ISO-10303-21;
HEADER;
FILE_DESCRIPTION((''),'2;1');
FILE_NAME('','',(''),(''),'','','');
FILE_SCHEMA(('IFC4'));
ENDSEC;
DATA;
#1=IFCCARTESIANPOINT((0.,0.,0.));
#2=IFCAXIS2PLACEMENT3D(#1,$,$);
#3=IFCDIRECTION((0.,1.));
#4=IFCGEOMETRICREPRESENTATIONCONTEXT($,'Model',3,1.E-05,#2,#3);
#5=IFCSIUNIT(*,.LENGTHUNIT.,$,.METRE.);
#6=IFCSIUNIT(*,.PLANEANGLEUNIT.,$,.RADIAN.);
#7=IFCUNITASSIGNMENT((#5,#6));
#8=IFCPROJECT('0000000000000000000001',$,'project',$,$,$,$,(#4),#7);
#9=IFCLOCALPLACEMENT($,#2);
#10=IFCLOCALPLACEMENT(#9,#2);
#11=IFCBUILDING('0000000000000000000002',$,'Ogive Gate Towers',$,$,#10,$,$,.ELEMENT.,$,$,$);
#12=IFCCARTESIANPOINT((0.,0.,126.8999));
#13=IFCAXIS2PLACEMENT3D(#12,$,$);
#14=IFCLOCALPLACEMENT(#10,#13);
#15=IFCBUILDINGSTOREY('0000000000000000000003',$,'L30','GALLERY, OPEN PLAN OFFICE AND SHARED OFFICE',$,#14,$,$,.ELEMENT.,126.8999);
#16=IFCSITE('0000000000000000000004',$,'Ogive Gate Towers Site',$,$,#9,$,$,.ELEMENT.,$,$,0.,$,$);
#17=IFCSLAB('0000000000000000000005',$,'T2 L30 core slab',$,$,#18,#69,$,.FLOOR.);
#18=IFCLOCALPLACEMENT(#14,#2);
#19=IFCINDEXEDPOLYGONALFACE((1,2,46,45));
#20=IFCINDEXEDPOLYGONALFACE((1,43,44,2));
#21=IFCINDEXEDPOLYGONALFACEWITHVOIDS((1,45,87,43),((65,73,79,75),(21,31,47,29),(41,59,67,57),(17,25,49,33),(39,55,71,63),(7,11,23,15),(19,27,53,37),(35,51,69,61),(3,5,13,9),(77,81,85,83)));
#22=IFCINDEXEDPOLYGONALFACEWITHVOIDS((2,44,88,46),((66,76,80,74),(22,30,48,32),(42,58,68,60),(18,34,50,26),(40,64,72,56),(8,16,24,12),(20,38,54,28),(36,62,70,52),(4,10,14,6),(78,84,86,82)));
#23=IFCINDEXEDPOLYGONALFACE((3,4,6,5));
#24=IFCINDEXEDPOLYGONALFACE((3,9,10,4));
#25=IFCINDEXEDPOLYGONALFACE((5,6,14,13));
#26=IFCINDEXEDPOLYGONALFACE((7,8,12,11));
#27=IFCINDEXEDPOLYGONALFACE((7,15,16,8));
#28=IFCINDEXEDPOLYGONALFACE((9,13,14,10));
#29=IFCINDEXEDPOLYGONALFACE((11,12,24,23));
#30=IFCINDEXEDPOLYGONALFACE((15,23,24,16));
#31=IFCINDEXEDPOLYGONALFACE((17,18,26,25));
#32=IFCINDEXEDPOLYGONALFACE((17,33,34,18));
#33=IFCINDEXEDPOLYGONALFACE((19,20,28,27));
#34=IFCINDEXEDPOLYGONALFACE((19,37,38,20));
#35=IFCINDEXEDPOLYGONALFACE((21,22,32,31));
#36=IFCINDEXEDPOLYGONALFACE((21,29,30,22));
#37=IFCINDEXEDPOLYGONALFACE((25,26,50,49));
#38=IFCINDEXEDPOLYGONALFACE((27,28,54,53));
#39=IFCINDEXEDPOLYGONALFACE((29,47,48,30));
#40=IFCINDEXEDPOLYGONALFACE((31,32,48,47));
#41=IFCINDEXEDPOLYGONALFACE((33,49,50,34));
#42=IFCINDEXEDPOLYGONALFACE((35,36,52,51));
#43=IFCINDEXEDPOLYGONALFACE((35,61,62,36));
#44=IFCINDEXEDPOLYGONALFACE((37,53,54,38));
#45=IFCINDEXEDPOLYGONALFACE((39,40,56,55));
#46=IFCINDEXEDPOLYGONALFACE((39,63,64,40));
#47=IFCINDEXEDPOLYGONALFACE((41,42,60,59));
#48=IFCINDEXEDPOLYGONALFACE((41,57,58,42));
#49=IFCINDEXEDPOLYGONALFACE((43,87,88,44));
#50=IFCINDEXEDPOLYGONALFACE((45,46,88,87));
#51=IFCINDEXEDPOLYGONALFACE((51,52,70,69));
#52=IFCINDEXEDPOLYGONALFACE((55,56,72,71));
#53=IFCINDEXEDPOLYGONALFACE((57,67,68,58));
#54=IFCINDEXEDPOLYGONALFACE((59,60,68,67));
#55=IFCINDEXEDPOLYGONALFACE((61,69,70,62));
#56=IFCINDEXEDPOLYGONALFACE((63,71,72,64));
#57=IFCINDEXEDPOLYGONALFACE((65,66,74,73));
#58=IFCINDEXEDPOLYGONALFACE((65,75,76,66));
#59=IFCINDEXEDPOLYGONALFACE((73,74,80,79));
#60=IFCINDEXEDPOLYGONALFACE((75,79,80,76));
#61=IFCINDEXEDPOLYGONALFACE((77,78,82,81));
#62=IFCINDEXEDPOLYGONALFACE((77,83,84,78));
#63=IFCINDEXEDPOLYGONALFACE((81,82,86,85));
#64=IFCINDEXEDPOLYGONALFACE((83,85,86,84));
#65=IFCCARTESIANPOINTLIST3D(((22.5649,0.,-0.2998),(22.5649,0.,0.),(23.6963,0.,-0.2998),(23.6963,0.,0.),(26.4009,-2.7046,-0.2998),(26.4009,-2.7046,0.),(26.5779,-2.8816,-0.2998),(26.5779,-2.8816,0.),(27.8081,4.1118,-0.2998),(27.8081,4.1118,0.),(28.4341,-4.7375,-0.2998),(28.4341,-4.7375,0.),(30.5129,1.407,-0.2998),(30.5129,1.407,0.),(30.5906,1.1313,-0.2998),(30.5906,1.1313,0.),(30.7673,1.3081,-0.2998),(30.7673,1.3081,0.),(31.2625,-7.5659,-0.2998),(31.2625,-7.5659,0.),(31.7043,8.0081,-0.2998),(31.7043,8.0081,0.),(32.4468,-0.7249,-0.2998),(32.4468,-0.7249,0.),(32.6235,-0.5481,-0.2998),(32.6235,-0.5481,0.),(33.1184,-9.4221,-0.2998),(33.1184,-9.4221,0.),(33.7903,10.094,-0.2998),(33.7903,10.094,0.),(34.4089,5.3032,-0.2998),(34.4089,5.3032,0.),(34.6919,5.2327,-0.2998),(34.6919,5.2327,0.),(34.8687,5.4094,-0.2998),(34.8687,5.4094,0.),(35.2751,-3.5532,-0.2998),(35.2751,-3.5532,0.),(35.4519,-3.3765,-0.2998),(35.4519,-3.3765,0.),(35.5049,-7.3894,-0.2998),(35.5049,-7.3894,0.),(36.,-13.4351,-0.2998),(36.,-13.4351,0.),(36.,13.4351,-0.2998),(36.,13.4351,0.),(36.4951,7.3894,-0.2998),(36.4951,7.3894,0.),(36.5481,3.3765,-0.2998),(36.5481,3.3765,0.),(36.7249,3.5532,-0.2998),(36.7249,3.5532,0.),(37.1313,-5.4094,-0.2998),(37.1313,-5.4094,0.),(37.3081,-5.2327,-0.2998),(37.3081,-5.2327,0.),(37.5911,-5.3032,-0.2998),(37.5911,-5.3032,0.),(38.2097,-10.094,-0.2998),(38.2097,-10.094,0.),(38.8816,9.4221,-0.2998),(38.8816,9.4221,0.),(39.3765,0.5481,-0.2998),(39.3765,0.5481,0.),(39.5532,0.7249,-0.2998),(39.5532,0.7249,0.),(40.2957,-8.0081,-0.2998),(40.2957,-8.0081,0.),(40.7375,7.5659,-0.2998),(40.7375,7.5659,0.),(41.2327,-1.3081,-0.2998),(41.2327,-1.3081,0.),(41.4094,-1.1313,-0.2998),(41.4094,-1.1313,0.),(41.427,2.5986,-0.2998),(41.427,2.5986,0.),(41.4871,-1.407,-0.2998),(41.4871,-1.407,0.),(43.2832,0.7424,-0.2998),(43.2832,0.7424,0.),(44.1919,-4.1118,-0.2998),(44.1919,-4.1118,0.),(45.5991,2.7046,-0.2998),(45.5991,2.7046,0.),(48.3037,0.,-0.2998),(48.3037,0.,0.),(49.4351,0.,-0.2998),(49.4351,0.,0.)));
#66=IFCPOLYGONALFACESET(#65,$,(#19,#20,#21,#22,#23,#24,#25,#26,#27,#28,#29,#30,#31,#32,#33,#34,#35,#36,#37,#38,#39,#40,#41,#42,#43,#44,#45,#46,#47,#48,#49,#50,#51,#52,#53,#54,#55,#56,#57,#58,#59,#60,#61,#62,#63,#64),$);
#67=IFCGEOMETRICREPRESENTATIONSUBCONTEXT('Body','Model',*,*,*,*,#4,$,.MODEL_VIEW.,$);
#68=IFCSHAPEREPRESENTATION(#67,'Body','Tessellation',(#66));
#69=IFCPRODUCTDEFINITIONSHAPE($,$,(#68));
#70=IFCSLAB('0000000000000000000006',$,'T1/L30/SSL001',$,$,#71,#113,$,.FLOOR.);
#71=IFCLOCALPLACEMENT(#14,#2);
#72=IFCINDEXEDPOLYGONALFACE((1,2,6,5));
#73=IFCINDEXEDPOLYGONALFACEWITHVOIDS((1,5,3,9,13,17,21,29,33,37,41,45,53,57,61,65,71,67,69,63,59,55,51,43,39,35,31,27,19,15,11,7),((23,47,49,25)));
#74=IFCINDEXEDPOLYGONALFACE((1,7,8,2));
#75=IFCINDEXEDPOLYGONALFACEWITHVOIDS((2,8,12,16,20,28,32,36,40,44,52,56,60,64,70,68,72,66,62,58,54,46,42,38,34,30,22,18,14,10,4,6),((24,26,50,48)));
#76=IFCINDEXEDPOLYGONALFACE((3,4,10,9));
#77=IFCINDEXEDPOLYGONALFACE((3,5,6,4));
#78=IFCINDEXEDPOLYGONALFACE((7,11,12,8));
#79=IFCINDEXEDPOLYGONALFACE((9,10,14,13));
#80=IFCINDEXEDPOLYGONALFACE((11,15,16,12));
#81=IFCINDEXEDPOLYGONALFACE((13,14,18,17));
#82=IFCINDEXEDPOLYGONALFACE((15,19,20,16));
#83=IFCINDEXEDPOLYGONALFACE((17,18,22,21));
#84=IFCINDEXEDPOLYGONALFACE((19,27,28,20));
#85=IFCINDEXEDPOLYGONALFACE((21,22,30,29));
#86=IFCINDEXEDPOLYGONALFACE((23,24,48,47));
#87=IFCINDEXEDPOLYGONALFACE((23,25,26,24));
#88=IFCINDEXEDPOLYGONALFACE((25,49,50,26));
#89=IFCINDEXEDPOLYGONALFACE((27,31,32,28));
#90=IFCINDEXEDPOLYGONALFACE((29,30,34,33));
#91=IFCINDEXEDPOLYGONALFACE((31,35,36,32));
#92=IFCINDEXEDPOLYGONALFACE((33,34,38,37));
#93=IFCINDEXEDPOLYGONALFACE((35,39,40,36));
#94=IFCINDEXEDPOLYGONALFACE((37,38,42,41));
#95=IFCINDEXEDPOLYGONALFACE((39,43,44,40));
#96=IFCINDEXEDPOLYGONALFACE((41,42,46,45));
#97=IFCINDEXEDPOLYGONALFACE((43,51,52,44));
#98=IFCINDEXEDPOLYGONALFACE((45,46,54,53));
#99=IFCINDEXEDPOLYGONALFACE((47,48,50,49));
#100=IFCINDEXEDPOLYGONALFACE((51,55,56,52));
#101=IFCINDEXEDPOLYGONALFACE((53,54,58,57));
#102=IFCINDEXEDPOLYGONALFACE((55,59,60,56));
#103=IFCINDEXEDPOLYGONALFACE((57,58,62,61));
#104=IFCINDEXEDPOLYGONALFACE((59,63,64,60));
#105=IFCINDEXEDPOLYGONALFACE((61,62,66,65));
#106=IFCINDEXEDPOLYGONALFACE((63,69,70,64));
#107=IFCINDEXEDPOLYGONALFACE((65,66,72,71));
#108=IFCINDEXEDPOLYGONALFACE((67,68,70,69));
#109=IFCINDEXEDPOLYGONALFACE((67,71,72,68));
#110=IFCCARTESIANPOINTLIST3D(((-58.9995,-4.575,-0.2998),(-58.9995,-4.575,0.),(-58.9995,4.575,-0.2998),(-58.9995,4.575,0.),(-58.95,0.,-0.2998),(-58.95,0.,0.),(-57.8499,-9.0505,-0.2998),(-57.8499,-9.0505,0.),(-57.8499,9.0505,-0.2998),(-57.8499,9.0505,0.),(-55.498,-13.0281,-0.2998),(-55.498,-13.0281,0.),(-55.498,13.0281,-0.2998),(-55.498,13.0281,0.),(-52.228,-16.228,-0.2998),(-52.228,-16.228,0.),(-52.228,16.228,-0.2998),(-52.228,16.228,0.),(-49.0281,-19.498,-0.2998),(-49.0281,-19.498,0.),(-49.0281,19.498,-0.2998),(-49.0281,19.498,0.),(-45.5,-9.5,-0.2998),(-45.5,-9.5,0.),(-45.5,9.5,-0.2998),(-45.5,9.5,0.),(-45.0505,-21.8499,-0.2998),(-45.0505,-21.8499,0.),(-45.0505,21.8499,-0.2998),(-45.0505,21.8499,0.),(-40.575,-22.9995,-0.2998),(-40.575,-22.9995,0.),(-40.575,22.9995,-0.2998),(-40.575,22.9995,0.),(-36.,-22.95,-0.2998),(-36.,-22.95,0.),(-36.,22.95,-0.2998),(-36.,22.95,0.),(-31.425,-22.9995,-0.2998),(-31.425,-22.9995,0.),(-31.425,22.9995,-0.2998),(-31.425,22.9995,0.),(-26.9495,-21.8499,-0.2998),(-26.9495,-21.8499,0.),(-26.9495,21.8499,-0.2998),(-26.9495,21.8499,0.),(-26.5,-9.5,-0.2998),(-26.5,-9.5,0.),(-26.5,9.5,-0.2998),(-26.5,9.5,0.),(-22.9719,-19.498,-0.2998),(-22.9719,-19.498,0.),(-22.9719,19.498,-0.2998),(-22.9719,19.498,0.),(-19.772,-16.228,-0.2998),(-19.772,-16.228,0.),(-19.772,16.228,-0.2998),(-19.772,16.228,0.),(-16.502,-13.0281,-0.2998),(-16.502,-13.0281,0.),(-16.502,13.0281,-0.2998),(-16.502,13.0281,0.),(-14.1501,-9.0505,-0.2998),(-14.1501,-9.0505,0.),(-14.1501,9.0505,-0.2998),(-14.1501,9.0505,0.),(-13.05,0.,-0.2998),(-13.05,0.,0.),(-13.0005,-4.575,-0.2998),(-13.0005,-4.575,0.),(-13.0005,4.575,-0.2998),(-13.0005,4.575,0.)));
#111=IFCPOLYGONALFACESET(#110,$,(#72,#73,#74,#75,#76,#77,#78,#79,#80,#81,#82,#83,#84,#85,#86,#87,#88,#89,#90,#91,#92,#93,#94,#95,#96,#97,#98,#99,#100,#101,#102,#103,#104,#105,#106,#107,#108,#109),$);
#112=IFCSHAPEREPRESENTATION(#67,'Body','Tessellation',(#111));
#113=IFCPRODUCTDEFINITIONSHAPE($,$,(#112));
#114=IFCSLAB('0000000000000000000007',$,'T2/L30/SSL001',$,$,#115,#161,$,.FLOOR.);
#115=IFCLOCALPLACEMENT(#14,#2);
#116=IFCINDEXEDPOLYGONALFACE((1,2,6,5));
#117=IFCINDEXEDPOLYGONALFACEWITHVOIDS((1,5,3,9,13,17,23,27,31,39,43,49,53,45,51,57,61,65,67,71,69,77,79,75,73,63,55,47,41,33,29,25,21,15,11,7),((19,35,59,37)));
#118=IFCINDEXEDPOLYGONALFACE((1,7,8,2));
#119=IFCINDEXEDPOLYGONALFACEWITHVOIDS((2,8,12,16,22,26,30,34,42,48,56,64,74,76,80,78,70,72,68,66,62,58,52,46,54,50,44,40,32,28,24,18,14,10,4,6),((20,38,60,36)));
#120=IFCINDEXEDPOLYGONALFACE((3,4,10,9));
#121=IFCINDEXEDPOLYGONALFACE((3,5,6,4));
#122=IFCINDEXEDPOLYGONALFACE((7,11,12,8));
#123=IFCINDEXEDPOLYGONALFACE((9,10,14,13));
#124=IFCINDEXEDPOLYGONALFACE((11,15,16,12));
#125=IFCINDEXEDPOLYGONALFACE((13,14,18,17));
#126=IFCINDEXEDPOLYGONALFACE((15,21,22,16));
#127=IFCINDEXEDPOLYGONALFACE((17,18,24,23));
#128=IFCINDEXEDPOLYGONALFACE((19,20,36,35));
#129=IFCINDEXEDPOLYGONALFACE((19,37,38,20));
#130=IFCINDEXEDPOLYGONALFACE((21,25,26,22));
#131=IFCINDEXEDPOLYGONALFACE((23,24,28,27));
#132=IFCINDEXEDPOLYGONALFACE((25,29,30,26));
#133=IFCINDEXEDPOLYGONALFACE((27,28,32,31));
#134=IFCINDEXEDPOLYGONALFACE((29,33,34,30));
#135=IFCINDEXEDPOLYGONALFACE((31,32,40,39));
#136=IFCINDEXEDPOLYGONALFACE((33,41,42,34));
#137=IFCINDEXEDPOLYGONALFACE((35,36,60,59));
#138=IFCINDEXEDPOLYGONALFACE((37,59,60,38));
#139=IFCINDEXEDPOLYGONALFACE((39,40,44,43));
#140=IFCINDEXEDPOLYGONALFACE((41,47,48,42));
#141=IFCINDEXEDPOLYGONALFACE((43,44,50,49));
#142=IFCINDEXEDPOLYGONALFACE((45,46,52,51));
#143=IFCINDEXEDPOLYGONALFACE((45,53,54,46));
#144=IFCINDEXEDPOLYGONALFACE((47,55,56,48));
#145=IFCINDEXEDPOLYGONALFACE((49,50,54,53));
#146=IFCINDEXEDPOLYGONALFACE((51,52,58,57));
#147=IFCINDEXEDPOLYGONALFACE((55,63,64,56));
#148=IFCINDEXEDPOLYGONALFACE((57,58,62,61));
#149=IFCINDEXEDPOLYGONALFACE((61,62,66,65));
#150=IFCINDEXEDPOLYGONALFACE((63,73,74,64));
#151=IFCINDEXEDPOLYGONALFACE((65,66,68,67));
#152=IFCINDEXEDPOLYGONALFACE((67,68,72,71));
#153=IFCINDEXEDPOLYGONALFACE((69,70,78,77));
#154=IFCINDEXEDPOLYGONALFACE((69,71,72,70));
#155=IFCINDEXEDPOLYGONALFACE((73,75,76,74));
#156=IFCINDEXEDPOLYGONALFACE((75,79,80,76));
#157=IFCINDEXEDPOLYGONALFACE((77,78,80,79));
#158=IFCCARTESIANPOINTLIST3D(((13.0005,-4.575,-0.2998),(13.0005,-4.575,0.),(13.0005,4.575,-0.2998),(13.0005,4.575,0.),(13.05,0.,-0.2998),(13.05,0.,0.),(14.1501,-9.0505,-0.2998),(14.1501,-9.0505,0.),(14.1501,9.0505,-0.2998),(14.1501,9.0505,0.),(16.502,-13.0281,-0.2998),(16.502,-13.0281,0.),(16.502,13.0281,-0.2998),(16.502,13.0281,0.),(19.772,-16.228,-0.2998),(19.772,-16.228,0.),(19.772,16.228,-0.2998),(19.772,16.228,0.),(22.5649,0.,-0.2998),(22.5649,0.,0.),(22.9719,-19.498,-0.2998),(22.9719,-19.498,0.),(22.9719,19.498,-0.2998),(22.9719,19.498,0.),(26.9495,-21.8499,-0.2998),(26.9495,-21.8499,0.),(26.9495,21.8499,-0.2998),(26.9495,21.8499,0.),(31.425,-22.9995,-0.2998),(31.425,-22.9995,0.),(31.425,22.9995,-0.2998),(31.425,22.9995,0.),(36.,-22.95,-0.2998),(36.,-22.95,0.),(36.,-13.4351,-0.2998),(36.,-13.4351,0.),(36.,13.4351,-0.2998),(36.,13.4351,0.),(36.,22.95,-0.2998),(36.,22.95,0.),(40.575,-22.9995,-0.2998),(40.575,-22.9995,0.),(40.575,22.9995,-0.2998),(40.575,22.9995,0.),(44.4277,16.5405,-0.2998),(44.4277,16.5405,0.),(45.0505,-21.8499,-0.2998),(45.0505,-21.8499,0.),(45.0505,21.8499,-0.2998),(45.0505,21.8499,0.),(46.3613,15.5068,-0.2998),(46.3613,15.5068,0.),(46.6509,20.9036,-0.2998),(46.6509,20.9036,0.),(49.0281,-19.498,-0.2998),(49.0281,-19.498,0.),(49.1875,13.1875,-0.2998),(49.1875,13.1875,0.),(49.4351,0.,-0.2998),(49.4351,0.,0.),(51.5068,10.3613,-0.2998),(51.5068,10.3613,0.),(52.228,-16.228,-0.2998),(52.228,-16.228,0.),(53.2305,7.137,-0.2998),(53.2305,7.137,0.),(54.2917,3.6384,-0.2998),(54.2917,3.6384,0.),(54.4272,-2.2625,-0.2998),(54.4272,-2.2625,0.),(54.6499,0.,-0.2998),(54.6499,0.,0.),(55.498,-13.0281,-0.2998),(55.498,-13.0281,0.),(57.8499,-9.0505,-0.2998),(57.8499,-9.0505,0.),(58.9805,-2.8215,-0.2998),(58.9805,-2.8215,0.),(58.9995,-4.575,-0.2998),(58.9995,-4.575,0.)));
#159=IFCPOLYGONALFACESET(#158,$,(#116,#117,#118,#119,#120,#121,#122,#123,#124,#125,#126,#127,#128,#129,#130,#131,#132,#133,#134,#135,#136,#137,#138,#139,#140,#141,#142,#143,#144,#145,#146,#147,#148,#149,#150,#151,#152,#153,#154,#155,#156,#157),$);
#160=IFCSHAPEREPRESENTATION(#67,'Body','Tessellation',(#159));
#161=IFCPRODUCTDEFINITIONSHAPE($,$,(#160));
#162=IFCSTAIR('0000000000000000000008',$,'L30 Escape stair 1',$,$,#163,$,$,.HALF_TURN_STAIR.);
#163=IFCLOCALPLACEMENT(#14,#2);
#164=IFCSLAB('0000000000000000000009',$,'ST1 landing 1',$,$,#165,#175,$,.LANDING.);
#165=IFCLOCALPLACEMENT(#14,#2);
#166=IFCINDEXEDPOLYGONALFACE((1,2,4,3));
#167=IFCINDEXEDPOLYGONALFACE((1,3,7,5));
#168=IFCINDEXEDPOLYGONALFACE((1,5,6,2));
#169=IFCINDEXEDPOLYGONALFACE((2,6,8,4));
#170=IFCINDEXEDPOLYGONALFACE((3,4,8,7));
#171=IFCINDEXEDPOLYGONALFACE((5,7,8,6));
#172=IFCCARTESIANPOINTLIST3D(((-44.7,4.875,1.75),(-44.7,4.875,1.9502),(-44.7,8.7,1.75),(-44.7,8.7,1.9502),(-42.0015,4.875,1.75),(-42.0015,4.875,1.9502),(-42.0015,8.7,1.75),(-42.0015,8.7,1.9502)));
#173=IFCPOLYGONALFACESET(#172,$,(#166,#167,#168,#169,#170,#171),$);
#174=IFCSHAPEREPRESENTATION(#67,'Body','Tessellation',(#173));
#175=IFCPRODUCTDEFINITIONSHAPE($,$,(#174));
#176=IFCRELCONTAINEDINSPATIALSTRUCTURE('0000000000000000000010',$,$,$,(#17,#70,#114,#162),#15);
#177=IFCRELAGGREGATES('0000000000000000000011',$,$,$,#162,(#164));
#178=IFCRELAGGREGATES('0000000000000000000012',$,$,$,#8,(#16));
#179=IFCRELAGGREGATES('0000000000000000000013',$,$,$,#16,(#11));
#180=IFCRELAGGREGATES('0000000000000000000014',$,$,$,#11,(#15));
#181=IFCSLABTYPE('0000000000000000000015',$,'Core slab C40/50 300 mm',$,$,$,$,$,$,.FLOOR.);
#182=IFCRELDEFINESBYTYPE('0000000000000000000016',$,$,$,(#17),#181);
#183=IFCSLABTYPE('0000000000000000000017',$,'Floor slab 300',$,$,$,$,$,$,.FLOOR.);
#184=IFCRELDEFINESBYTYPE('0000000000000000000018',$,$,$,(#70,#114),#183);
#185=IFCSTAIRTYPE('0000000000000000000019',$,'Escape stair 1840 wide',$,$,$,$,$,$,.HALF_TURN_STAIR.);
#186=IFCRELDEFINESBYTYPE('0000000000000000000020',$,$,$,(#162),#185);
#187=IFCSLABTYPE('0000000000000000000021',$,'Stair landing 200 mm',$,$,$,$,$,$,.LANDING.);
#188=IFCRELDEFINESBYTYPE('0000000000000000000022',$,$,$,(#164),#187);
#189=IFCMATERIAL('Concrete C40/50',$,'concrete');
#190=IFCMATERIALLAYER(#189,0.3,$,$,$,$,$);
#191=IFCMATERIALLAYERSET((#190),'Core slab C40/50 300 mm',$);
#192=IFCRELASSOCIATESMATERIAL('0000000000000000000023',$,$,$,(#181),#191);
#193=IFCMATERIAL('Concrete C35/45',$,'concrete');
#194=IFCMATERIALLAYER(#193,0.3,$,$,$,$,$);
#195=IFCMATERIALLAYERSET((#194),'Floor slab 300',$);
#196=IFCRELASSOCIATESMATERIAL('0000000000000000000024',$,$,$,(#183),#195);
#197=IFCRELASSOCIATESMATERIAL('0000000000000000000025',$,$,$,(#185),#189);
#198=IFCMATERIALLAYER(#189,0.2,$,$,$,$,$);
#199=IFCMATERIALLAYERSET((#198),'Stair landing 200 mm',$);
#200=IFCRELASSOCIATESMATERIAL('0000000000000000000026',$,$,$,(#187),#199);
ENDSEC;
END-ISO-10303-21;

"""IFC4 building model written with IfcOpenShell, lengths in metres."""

from ifc_helpers import new_model, si_unit, direction, frame, origin, place, context, subcontext, project, spatial, polyline, outline, extrude, material, layer, layer_set, type_object, element, aggregate, save


model = new_model("IFC4")

# Units and contexts
model_context = context("Model", 3, precision=1e-05, world=origin(), true_north=direction((0.0, 1.0)))
body_context = subcontext(model_context, "Body", "Model", "MODEL_VIEW")
ifc_project = project(units=[si_unit("LENGTHUNIT", "METRE"), si_unit("PLANEANGLEUNIT", "RADIAN")], contexts=[model_context])

# Site, building, storey
site_placement = place(None, origin())
site = spatial("IfcSite", under=ifc_project, at=site_placement, Name="Ogive Gate Towers Site", CompositionType="ELEMENT", RefElevation=0.0)
building_placement = place(site_placement, origin())
building = spatial("IfcBuilding", under=site, at=building_placement, Name="Ogive Gate Towers", CompositionType="ELEMENT")
storey_placement = place(building_placement, frame((0.0, 0.0, 126.8999)))
storey = spatial("IfcBuildingStorey", under=building, at=storey_placement, Name="L30", Description="GALLERY, OPEN PLAN OFFICE AND SHARED OFFICE", CompositionType="ELEMENT", Elevation=126.8999)

# Slabs
ifc_material_1 = material(Name="Concrete C40/50", Category="concrete")
ifc_layer_1 = layer(ifc_material_1, 0.3)
ifc_layer_set_1 = layer_set([ifc_layer_1], Name="Core slab C40/50 300 mm")
slab_type_1 = type_object("IfcSlabType", Name="Core slab C40/50 300 mm", PredefinedType="FLOOR", material=ifc_layer_set_1)
slab_1_placement = place(storey_placement, frame((0.0, 0.0, -0.2998)))
element("IfcSlab", 1, at=slab_1_placement, inside=storey, type_object=slab_type_1, Name="T2 L30 core slab", PredefinedType="FLOOR", context=body_context, shape_type="SweptSolid", body=[
    extrude(outline(polyline([(36.0, 13.4351), (49.4351, 0.0), (36.0, -13.4351), (22.5649, 0.0), (36.0, 13.4351)]), holes=[polyline([(30.5906, 1.1313), (26.5779, -2.8816), (28.4341, -4.7375), (32.4468, -0.7249), (30.5906, 1.1313)]), polyline([(36.5481, 3.3765), (34.6919, 5.2327), (30.7673, 1.3081), (32.6235, -0.5481), (36.5481, 3.3765)]), polyline([(36.7249, 3.5532), (40.7375, 7.5659), (38.8816, 9.4221), (34.8687, 5.4094), (36.7249, 3.5532)]), polyline([(31.2625, -7.5659), (33.1184, -9.4221), (37.1313, -5.4094), (35.2751, -3.5532), (31.2625, -7.5659)]), polyline([(39.3765, 0.5481), (35.4519, -3.3765), (37.3081, -5.2327), (41.2327, -1.3081), (39.3765, 0.5481)]), polyline([(43.2832, 0.7424), (41.427, 2.5986), (39.5532, 0.7249), (41.4094, -1.1313), (43.2832, 0.7424)]), polyline([(34.4089, 5.3032), (36.4951, 7.3894), (33.7903, 10.094), (31.7043, 8.0081), (34.4089, 5.3032)]), polyline([(35.5049, -7.3894), (38.2097, -10.094), (40.2957, -8.0081), (37.5911, -5.3032), (35.5049, -7.3894)]), polyline([(26.4009, -2.7046), (30.5129, 1.407), (27.8081, 4.1118), (23.6963, 0.0), (26.4009, -2.7046)]), polyline([(48.3037, 0.0), (45.5991, 2.7046), (41.4871, -1.407), (44.1919, -4.1118), (48.3037, 0.0)])]), origin(), (0.0, 0.0, 1.0), 0.2998),
])
ifc_material_2 = material(Name="Concrete C35/45", Category="concrete")
ifc_layer_2 = layer(ifc_material_2, 0.3)
ifc_layer_set_2 = layer_set([ifc_layer_2], Name="Floor slab 300")
slab_type_2 = type_object("IfcSlabType", Name="Floor slab 300", PredefinedType="FLOOR", material=ifc_layer_set_2)
slab_2_placement = place(storey_placement, frame((0.0, 0.0, -0.2998)))
element("IfcSlab", 2, at=slab_2_placement, inside=storey, type_object=slab_type_2, Name="T1/L30/SSL001", PredefinedType="FLOOR", context=body_context, shape_type="SweptSolid", body=[
    extrude(outline(polyline([(-13.0005, -4.575), (-13.05, 0.0), (-13.0005, 4.575), (-14.1501, 9.0505), (-16.502, 13.0281), (-19.772, 16.228), (-22.9719, 19.498), (-26.9495, 21.8499), (-31.425, 22.9995), (-36.0, 22.95), (-40.575, 22.9995), (-45.0505, 21.8499), (-49.0281, 19.498), (-52.228, 16.228), (-55.498, 13.0281), (-57.8499, 9.0505), (-58.9995, 4.575), (-58.95, 0.0), (-58.9995, -4.575), (-57.8499, -9.0505), (-55.498, -13.0281), (-52.228, -16.228), (-49.0281, -19.498), (-45.0505, -21.8499), (-40.575, -22.9995), (-36.0, -22.95), (-31.425, -22.9995), (-26.9495, -21.8499), (-22.9719, -19.498), (-19.772, -16.228), (-16.502, -13.0281), (-14.1501, -9.0505), (-13.0005, -4.575)]), holes=[polyline([(-26.5, -9.5), (-45.5, -9.5), (-45.5, 9.5), (-26.5, 9.5), (-26.5, -9.5)])]), origin(), (0.0, 0.0, 1.0), 0.2998),
])
slab_3_placement = place(storey_placement, frame((0.0, 0.0, -0.2998)))
element("IfcSlab", 3, at=slab_3_placement, inside=storey, type_object=slab_type_2, Name="T2/L30/SSL001", PredefinedType="FLOOR", context=body_context, shape_type="SweptSolid", body=[
    extrude(outline(polyline([(57.8499, -9.0505), (58.9995, -4.575), (58.9805, -2.8215), (54.4272, -2.2625), (54.6499, 0.0), (54.2917, 3.6384), (53.2305, 7.137), (51.5068, 10.3613), (49.1875, 13.1875), (46.3613, 15.5068), (44.4277, 16.5405), (46.6509, 20.9036), (45.0505, 21.8499), (40.575, 22.9995), (36.0, 22.95), (31.425, 22.9995), (26.9495, 21.8499), (22.9719, 19.498), (19.772, 16.228), (16.502, 13.0281), (14.1501, 9.0505), (13.0005, 4.575), (13.05, 0.0), (13.0005, -4.575), (14.1501, -9.0505), (16.502, -13.0281), (19.772, -16.228), (22.9719, -19.498), (26.9495, -21.8499), (31.425, -22.9995), (36.0, -22.95), (40.575, -22.9995), (45.0505, -21.8499), (49.0281, -19.498), (52.228, -16.228), (55.498, -13.0281), (57.8499, -9.0505)]), holes=[polyline([(49.4351, 0.0), (36.0, -13.4351), (22.5649, 0.0), (36.0, 13.4351), (49.4351, 0.0)])]), origin(), (0.0, 0.0, 1.0), 0.2998),
])

# Stair, slab
stair_type = type_object("IfcStairType", Name="Escape stair 1840 wide", PredefinedType="HALF_TURN_STAIR", material=ifc_material_1)
stair_1_placement = place(storey_placement, origin())
stair_1 = element("IfcStair", 4, at=stair_1_placement, inside=storey, type_object=stair_type, Name="L30 Escape stair 1", PredefinedType="HALF_TURN_STAIR")
ifc_layer_3 = layer(ifc_material_1, 0.2)
ifc_layer_set_3 = layer_set([ifc_layer_3], Name="Stair landing 200 mm")
slab_type_3 = type_object("IfcSlabType", Name="Stair landing 200 mm", PredefinedType="LANDING", material=ifc_layer_set_3)
slab_4_placement = place(storey_placement, frame((0.0, 0.0, 1.75)))
slab_4 = element("IfcSlab", 5, at=slab_4_placement, type_object=slab_type_3, Name="ST1 landing 1", PredefinedType="LANDING", context=body_context, shape_type="SweptSolid", body=[
    extrude(outline(polyline([(-42.0015, 8.7), (-44.7, 8.7), (-44.7, 4.875), (-42.0015, 4.875), (-42.0015, 8.7)])), origin(), (0.0, 0.0, 1.0), 0.2002),
])
aggregate(stair_1, [slab_4])

save(model, "model.ifc")
